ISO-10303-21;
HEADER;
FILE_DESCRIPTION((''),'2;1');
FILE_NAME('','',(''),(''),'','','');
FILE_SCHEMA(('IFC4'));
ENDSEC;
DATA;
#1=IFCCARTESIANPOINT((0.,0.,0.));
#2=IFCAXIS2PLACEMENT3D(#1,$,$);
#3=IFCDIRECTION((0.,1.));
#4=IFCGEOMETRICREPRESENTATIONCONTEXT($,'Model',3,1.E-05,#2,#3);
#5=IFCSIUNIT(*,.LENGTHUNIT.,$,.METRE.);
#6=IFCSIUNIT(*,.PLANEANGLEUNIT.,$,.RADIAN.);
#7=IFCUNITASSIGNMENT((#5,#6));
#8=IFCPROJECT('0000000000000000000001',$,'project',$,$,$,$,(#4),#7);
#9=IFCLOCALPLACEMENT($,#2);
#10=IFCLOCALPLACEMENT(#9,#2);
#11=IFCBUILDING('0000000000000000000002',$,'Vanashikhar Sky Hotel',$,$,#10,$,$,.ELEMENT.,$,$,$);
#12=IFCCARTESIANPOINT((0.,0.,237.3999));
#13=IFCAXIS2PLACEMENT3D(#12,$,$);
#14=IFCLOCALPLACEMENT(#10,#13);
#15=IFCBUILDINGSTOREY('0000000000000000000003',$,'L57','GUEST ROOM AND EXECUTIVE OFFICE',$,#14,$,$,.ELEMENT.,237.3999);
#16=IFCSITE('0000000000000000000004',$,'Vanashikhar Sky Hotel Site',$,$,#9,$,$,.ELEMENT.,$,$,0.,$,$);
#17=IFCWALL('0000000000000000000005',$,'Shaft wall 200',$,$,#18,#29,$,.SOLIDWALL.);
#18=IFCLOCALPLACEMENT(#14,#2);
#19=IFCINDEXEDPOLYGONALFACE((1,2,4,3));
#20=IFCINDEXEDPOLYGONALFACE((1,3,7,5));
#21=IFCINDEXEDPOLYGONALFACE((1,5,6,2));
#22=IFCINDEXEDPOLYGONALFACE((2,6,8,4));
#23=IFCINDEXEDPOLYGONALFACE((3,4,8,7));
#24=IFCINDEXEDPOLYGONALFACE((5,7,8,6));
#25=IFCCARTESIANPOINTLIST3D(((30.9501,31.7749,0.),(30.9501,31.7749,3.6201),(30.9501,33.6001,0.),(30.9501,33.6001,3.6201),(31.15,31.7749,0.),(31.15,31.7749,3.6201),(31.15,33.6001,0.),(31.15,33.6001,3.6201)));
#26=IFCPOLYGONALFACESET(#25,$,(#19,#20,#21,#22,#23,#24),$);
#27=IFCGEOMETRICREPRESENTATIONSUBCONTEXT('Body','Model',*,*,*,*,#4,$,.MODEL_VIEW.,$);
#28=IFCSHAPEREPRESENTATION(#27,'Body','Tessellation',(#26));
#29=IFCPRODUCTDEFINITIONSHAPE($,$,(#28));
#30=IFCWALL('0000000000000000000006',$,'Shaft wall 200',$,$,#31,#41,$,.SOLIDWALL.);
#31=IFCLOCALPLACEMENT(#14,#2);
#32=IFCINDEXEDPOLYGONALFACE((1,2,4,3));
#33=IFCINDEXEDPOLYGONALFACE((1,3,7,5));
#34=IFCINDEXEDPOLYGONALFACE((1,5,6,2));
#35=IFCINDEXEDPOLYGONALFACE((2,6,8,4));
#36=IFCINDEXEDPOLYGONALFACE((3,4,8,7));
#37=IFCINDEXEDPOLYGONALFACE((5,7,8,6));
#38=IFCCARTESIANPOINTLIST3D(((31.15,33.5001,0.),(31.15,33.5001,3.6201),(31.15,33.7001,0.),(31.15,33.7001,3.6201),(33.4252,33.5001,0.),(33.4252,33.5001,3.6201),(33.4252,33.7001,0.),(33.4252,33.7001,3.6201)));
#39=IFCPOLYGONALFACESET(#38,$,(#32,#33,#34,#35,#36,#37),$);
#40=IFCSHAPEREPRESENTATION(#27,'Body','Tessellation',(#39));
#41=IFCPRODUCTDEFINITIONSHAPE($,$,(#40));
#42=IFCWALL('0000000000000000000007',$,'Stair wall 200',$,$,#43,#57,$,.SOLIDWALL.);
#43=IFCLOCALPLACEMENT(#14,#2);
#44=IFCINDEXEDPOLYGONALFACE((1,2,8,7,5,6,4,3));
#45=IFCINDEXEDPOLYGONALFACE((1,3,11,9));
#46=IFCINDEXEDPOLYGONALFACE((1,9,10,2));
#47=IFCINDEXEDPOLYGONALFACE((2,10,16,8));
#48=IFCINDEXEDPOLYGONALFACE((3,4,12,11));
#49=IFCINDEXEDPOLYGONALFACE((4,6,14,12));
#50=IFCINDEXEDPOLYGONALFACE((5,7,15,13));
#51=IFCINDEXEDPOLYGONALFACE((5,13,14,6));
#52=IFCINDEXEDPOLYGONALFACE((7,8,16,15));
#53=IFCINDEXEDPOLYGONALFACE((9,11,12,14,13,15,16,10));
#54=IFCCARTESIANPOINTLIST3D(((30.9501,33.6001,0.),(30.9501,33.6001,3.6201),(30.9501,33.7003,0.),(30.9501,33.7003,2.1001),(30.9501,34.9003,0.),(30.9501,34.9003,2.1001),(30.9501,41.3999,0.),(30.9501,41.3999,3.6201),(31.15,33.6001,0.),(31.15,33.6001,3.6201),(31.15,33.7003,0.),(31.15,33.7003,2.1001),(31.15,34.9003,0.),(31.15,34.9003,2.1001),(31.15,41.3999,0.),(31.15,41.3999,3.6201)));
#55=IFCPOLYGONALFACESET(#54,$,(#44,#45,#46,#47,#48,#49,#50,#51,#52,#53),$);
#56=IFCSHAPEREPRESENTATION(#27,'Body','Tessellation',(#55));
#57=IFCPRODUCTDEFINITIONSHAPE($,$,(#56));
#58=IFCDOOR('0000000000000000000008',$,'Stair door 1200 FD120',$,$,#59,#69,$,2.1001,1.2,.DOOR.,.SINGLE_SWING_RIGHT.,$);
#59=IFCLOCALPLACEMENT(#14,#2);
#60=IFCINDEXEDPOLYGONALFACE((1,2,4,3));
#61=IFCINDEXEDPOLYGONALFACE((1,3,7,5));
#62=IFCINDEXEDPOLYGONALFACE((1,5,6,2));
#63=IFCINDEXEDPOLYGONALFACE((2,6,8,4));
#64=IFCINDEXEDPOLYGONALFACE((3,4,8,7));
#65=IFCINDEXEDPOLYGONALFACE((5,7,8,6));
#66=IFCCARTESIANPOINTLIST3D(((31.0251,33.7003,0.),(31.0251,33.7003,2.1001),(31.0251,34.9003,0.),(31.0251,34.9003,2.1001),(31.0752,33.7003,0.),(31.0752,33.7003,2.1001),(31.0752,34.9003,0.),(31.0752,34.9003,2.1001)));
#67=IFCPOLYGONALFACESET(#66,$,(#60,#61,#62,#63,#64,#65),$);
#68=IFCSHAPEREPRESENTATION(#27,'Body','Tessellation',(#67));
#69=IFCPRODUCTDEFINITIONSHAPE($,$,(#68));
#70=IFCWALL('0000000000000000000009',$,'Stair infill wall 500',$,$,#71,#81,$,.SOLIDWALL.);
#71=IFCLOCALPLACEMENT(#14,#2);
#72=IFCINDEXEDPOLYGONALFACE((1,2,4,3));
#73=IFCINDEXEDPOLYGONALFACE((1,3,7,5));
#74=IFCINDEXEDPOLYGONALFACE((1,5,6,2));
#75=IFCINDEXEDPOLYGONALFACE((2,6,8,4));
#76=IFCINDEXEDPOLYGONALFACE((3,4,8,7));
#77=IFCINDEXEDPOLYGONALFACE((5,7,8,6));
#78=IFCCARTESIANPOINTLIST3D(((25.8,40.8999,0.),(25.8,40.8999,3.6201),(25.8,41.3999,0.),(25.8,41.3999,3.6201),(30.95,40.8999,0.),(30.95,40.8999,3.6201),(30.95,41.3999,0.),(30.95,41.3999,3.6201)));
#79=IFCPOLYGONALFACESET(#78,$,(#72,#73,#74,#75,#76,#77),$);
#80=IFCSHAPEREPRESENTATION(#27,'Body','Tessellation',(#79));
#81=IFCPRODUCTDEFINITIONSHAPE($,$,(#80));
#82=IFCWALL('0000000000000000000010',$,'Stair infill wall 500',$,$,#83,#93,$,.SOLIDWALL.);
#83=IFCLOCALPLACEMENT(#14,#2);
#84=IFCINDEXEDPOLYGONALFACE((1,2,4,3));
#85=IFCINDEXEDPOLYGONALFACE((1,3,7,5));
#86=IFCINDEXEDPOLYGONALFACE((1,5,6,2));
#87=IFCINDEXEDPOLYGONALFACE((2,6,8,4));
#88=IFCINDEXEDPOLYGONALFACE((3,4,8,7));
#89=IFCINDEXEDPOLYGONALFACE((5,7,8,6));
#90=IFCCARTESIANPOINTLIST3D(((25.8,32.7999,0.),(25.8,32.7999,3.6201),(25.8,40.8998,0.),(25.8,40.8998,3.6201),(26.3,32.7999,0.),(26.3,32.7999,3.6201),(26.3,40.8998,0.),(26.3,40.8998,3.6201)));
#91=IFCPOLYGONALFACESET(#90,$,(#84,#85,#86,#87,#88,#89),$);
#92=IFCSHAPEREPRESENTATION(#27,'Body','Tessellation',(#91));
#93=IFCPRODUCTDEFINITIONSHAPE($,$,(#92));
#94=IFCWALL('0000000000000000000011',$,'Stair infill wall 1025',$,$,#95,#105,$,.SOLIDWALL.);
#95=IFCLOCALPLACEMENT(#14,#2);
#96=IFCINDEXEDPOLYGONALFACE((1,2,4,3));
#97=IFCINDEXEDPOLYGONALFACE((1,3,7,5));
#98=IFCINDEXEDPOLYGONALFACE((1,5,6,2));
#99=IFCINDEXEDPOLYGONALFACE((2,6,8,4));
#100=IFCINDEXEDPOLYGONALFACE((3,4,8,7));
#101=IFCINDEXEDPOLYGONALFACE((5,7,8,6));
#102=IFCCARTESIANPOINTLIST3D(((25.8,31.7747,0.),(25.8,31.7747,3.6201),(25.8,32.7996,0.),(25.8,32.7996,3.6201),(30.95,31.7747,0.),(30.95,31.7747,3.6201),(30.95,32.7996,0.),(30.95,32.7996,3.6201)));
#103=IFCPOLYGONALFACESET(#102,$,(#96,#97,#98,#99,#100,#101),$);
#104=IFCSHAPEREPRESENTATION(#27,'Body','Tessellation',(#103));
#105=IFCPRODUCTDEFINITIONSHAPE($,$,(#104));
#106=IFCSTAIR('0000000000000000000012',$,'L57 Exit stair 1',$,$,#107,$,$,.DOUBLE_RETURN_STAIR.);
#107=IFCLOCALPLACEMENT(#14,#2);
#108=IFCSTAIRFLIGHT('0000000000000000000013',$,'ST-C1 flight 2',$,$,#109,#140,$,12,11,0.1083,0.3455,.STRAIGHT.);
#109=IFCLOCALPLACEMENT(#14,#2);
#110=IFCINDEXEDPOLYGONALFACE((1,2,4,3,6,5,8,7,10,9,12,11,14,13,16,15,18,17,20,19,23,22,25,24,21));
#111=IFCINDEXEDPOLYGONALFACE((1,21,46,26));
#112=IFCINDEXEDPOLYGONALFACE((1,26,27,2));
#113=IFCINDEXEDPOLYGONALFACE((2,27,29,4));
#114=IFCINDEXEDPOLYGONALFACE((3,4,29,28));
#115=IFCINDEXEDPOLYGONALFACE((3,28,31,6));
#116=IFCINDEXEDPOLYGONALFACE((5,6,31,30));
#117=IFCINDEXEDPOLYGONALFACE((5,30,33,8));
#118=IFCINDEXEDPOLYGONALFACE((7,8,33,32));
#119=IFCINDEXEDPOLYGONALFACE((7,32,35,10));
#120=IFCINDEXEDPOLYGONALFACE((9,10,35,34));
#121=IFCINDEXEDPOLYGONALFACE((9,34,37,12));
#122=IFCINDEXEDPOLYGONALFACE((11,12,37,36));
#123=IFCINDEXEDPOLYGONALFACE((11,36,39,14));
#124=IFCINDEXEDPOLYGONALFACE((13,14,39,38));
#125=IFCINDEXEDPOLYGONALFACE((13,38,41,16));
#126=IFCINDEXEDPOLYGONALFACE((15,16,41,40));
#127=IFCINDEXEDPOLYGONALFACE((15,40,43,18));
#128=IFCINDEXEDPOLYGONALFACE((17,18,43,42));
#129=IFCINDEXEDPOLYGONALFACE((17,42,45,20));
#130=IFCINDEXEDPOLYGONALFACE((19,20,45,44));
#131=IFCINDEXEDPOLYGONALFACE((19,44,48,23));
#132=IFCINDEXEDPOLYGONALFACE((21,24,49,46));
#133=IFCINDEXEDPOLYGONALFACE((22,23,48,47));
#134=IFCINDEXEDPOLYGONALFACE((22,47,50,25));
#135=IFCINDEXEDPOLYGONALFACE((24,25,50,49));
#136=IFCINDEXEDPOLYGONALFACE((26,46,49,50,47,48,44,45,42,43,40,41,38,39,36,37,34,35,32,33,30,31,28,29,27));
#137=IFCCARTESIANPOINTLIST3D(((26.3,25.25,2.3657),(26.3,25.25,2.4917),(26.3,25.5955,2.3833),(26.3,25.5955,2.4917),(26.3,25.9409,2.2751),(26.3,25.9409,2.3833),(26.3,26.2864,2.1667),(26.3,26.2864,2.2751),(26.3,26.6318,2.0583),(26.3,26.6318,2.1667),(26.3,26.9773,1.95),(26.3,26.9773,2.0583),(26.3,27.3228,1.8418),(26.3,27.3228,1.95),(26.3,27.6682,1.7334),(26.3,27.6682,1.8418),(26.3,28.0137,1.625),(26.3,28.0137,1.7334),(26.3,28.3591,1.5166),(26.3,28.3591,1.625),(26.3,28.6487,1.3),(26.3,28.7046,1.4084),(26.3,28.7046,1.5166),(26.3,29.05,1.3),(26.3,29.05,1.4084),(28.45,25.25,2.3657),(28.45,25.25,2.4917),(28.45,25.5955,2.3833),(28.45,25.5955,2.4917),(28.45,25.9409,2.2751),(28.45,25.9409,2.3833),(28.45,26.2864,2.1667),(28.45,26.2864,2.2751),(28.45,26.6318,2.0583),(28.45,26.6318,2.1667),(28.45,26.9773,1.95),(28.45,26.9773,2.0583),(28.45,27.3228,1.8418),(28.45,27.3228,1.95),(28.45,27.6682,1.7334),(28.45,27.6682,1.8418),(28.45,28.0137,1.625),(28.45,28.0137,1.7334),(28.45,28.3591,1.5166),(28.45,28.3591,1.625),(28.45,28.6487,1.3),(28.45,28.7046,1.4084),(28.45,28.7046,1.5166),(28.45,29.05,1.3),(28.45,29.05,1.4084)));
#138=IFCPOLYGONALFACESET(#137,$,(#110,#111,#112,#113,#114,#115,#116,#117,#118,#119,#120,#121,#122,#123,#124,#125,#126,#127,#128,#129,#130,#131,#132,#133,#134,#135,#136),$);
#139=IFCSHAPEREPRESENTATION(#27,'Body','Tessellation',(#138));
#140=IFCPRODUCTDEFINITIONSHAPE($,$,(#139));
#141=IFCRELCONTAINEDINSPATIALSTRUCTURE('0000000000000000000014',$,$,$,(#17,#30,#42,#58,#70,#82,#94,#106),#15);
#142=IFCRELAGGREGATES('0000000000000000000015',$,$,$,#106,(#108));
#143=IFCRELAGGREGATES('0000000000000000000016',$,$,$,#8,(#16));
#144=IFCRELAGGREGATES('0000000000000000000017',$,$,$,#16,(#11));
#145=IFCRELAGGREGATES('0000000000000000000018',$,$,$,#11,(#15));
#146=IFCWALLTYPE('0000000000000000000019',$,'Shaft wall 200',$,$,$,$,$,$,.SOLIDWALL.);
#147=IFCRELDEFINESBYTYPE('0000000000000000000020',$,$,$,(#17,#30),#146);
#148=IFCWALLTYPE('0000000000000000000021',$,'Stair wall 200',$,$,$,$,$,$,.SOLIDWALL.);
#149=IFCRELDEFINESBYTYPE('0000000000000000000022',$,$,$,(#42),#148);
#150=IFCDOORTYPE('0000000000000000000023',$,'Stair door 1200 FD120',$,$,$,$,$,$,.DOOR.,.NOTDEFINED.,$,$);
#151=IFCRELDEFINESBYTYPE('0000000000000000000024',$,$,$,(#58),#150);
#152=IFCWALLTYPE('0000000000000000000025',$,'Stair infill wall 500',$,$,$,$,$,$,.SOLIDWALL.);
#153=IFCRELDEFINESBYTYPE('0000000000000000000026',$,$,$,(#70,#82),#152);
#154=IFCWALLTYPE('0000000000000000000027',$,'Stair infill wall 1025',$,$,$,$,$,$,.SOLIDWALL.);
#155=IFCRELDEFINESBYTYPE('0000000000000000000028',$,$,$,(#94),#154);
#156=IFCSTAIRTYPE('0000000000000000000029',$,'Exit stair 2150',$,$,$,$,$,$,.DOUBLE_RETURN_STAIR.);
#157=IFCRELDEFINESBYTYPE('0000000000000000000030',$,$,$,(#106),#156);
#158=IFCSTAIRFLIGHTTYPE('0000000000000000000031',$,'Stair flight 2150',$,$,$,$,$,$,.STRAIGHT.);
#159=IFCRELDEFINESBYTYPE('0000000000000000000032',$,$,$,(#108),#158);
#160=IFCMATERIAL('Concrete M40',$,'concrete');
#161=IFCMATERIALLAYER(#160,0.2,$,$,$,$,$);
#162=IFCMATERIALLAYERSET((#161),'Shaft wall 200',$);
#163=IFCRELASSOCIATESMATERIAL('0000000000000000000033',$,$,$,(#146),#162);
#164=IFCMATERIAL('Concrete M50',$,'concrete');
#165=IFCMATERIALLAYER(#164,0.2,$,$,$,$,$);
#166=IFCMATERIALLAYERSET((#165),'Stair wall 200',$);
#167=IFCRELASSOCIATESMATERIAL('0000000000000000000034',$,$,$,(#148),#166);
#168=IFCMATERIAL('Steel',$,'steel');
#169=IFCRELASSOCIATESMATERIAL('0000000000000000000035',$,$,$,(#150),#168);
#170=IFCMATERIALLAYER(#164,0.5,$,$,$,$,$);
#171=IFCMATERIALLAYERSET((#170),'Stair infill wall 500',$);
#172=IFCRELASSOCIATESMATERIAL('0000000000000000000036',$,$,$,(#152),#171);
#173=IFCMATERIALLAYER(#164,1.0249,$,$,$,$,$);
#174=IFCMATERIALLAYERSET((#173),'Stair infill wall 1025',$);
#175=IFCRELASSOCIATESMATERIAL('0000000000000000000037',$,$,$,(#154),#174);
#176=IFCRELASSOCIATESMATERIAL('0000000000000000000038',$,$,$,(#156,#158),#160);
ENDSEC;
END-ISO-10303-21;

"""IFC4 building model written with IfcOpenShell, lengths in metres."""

from ifc_helpers import new_model, si_unit, direction, frame, frame_2d, origin, place, context, subcontext, project, spatial, polyline, rectangle, outline, extrude, source, transform, mapped, material, layer, layer_set, type_object, element, fill, aggregate, save


model = new_model("IFC4")

# Units and contexts
model_context = context("Model", 3, precision=1e-05, world=origin(), true_north=direction((0.0, 1.0)))
body_context = subcontext(model_context, "Body", "Model", "MODEL_VIEW")
ifc_project = project(units=[si_unit("LENGTHUNIT", "METRE"), si_unit("PLANEANGLEUNIT", "RADIAN")], contexts=[model_context])

# Site, building, storey
site_placement = place(None, origin())
site = spatial("IfcSite", under=ifc_project, at=site_placement, Name="Vanashikhar Sky Hotel Site", CompositionType="ELEMENT", RefElevation=0.0)
building_placement = place(site_placement, origin())
building = spatial("IfcBuilding", under=site, at=building_placement, Name="Vanashikhar Sky Hotel", CompositionType="ELEMENT")
storey_placement = place(building_placement, frame((0.0, 0.0, 237.3999)))
storey = spatial("IfcBuildingStorey", under=building, at=storey_placement, Name="L57", Description="GUEST ROOM AND EXECUTIVE OFFICE", CompositionType="ELEMENT", Elevation=237.3999)

# Shared definitions
ifc_material_1 = material(Name="Steel", Category="steel")

# Walls
ifc_material_2 = material(Name="Concrete M40", Category="concrete")
ifc_layer_1 = layer(ifc_material_2, 0.2)
ifc_layer_set_1 = layer_set([ifc_layer_1], Name="Shaft wall 200")
wall_type_1 = type_object("IfcWallType", Name="Shaft wall 200", PredefinedType="SOLIDWALL", material=ifc_layer_set_1)
shared_shape_1 = source(origin(), body_context, "Body", "SweptSolid", [
    extrude(rectangle(XDim=1.8252, YDim=0.2, at=frame_2d((0.9126, 0.0))), origin(), (0.0, 0.0, 1.0), 3.6201),
])
wall_1_placement = place(storey_placement, frame((31.05, 31.7749, 0.0), z_axis=(0.0, 0.0, 1.0), x_axis=(0.0, 1.0, 0.0)))
element("IfcWall", 1, at=wall_1_placement, inside=storey, type_object=wall_type_1, Name="Shaft wall 200", PredefinedType="SOLIDWALL", context=body_context, shape_type="MappedRepresentation", body=[
    mapped(shared_shape_1, transform((0.0, 0.0, 0.0), scale=1.0)),
])
shared_shape_2 = source(origin(), body_context, "Body", "SweptSolid", [
    extrude(rectangle(XDim=2.2751, YDim=0.2, at=frame_2d((1.1377, 0.0))), origin(), (0.0, 0.0, 1.0), 3.6201),
])
wall_2_placement = place(storey_placement, frame((31.1499, 33.6001, 0.0), z_axis=(0.0, 0.0, 1.0), x_axis=(1.0, 0.0, 0.0)))
element("IfcWall", 2, at=wall_2_placement, inside=storey, type_object=wall_type_1, Name="Shaft wall 200", PredefinedType="SOLIDWALL", context=body_context, shape_type="MappedRepresentation", body=[
    mapped(shared_shape_2, transform((0.0, 0.0, 0.0), scale=1.0)),
])

# Wall, opening, door
ifc_material_3 = material(Name="Concrete M50", Category="concrete")
ifc_layer_2 = layer(ifc_material_3, 0.2)
ifc_layer_set_2 = layer_set([ifc_layer_2], Name="Stair wall 200")
wall_type_2 = type_object("IfcWallType", Name="Stair wall 200", PredefinedType="SOLIDWALL", material=ifc_layer_set_2)
shared_shape_3 = source(origin(), body_context, "Body", "SweptSolid", [
    extrude(rectangle(XDim=7.7998, YDim=0.2, at=frame_2d((3.8999, 0.0))), origin(), (0.0, 0.0, 1.0), 3.6201),
])
wall_3_placement = place(storey_placement, frame((31.05, 33.6001, 0.0), z_axis=(0.0, 0.0, 1.0), x_axis=(0.0, 1.0, 0.0)))
wall_3 = element("IfcWall", 3, at=wall_3_placement, inside=storey, type_object=wall_type_2, Name="Stair wall 200", PredefinedType="SOLIDWALL", context=body_context, shape_type="MappedRepresentation", body=[
    mapped(shared_shape_3, transform((0.0, 0.0, 0.0), scale=1.0)),
])
shared_shape_4 = source(origin(), body_context, "Body", "SweptSolid", [
    extrude(rectangle(XDim=1.2, YDim=2.1001, at=frame_2d((0.6001, 1.05))), frame((0.0, 0.1099, 0.0), z_axis=(0.0, -1.0, 0.0), x_axis=(1.0, 0.0, 0.0)), (0.0, 0.0, 1.0), 0.22),
])
opening_1_placement = place(wall_3_placement, frame((0.1001, 0.0, 0.0)))
opening_1 = element("IfcOpeningElement", 4, at=opening_1_placement, cuts=wall_3, PredefinedType="OPENING", context=body_context, shape_type="MappedRepresentation", body=[
    mapped(shared_shape_4, transform((0.0, 0.0, 0.0), scale=1.0)),
])
door_type_1 = type_object("IfcDoorType", Name="Stair door 1200 FD120", OperationType="NOTDEFINED", PredefinedType="DOOR", material=ifc_material_1)
shared_shape_5 = source(origin(), body_context, "Body", "SweptSolid", [
    extrude(rectangle(XDim=1.2, YDim=2.1001, at=frame_2d((0.6001, 1.05))), frame((0.0, 0.0249, 0.0), z_axis=(0.0, -1.0, 0.0), x_axis=(1.0, 0.0, 0.0)), (0.0, 0.0, 1.0), 0.05),
])
door_1_placement = place(opening_1_placement, origin())
door_1 = element("IfcDoor", 5, at=door_1_placement, inside=storey, type_object=door_type_1, Name="Stair door 1200 FD120", OperationType="SINGLE_SWING_RIGHT", OverallHeight=2.1001, OverallWidth=1.2, PredefinedType="DOOR", context=body_context, shape_type="MappedRepresentation", body=[
    mapped(shared_shape_5, transform((0.0, 0.0, 0.0), scale=1.0)),
])
fill(opening_1, door_1)

# Walls
ifc_layer_3 = layer(ifc_material_3, 0.5)
ifc_layer_set_3 = layer_set([ifc_layer_3], Name="Stair infill wall 500")
wall_type_3 = type_object("IfcWallType", Name="Stair infill wall 500", PredefinedType="SOLIDWALL", material=ifc_layer_set_3)
shared_shape_6 = source(origin(), body_context, "Body", "SweptSolid", [
    extrude(rectangle(XDim=5.1499, YDim=0.5, at=frame_2d((2.575, 0.0))), origin(), (0.0, 0.0, 1.0), 3.6201),
])
wall_4_placement = place(storey_placement, frame((25.8, 41.1499, 0.0), z_axis=(0.0, 0.0, 1.0), x_axis=(1.0, 0.0, 0.0)))
element("IfcWall", 6, at=wall_4_placement, inside=storey, type_object=wall_type_3, Name="Stair infill wall 500", PredefinedType="SOLIDWALL", context=body_context, shape_type="MappedRepresentation", body=[
    mapped(shared_shape_6, transform((0.0, 0.0, 0.0), scale=1.0)),
])
shared_shape_7 = source(origin(), body_context, "Body", "SweptSolid", [
    extrude(rectangle(XDim=8.0999, YDim=0.5, at=frame_2d((4.0498, 0.0))), origin(), (0.0, 0.0, 1.0), 3.6201),
])
wall_5_placement = place(storey_placement, frame((26.05, 32.8, 0.0), z_axis=(0.0, 0.0, 1.0), x_axis=(0.0, 1.0, 0.0)))
element("IfcWall", 7, at=wall_5_placement, inside=storey, type_object=wall_type_3, Name="Stair infill wall 500", PredefinedType="SOLIDWALL", context=body_context, shape_type="MappedRepresentation", body=[
    mapped(shared_shape_7, transform((0.0, 0.0, 0.0), scale=1.0)),
])
ifc_layer_4 = layer(ifc_material_3, 1.0249)
ifc_layer_set_4 = layer_set([ifc_layer_4], Name="Stair infill wall 1025")
wall_type_4 = type_object("IfcWallType", Name="Stair infill wall 1025", PredefinedType="SOLIDWALL", material=ifc_layer_set_4)
shared_shape_8 = source(origin(), body_context, "Body", "SweptSolid", [
    extrude(rectangle(XDim=5.1499, YDim=1.0249, at=frame_2d((2.575, 0.0))), origin(), (0.0, 0.0, 1.0), 3.6201),
])
wall_6_placement = place(storey_placement, frame((25.8, 32.2871, 0.0), z_axis=(0.0, 0.0, 1.0), x_axis=(1.0, 0.0, 0.0)))
element("IfcWall", 8, at=wall_6_placement, inside=storey, type_object=wall_type_4, Name="Stair infill wall 1025", PredefinedType="SOLIDWALL", context=body_context, shape_type="MappedRepresentation", body=[
    mapped(shared_shape_8, transform((0.0, 0.0, 0.0), scale=1.0)),
])

# Stair, stair flight
stair_type = type_object("IfcStairType", Name="Exit stair 2150", PredefinedType="DOUBLE_RETURN_STAIR", material=ifc_material_2)
stair_1_placement = place(storey_placement, origin())
stair_1 = element("IfcStair", 9, at=stair_1_placement, inside=storey, type_object=stair_type, Name="L57 Exit stair 1", PredefinedType="DOUBLE_RETURN_STAIR")
stair_flight_type = type_object("IfcStairFlightType", Name="Stair flight 2150", PredefinedType="STRAIGHT", material=ifc_material_2)
shared_shape_9 = source(origin(), body_context, "Body", "SweptSolid", [
    extrude(outline(polyline([(0.0, 0.0), (0.0, 0.1084), (0.3455, 0.1084), (0.3455, 0.2166), (0.6909, 0.2166), (0.6909, 0.325), (1.0364, 0.325), (1.0364, 0.4333), (1.3818, 0.4333), (1.3818, 0.5417), (1.7273, 0.5417), (1.7273, 0.6499), (2.0728, 0.6499), (2.0728, 0.7583), (2.4182, 0.7583), (2.4182, 0.8667), (2.7637, 0.8667), (2.7637, 0.9751), (3.1091, 0.9751), (3.1091, 1.0833), (3.4546, 1.0833), (3.4546, 1.1917), (3.8, 1.1917), (3.8, 1.3), (3.8, 1.0657), (0.4014, 0.0), (0.0, 0.0)])), frame((0.0, 1.075, 0.0), z_axis=(0.0, -1.0, 0.0), x_axis=(1.0, 0.0, 0.0)), (0.0, 0.0, 1.0), 2.1499),
])
stair_flight_1_placement = place(storey_placement, frame((27.375, 29.05, 1.3), z_axis=(0.0, 0.0, 1.0), x_axis=(0.0, -1.0, 0.0)))
stair_flight_1 = element("IfcStairFlight", 10, at=stair_flight_1_placement, type_object=stair_flight_type, Name="ST-C1 flight 2", NumberOfRisers=12, NumberOfTreads=11, PredefinedType="STRAIGHT", RiserHeight=0.1083, TreadLength=0.3455, context=body_context, shape_type="MappedRepresentation", body=[
    mapped(shared_shape_9, transform((0.0, 0.0, 0.0), scale=1.0)),
])
aggregate(stair_1, [stair_flight_1])

save(model, "model.ifc")
